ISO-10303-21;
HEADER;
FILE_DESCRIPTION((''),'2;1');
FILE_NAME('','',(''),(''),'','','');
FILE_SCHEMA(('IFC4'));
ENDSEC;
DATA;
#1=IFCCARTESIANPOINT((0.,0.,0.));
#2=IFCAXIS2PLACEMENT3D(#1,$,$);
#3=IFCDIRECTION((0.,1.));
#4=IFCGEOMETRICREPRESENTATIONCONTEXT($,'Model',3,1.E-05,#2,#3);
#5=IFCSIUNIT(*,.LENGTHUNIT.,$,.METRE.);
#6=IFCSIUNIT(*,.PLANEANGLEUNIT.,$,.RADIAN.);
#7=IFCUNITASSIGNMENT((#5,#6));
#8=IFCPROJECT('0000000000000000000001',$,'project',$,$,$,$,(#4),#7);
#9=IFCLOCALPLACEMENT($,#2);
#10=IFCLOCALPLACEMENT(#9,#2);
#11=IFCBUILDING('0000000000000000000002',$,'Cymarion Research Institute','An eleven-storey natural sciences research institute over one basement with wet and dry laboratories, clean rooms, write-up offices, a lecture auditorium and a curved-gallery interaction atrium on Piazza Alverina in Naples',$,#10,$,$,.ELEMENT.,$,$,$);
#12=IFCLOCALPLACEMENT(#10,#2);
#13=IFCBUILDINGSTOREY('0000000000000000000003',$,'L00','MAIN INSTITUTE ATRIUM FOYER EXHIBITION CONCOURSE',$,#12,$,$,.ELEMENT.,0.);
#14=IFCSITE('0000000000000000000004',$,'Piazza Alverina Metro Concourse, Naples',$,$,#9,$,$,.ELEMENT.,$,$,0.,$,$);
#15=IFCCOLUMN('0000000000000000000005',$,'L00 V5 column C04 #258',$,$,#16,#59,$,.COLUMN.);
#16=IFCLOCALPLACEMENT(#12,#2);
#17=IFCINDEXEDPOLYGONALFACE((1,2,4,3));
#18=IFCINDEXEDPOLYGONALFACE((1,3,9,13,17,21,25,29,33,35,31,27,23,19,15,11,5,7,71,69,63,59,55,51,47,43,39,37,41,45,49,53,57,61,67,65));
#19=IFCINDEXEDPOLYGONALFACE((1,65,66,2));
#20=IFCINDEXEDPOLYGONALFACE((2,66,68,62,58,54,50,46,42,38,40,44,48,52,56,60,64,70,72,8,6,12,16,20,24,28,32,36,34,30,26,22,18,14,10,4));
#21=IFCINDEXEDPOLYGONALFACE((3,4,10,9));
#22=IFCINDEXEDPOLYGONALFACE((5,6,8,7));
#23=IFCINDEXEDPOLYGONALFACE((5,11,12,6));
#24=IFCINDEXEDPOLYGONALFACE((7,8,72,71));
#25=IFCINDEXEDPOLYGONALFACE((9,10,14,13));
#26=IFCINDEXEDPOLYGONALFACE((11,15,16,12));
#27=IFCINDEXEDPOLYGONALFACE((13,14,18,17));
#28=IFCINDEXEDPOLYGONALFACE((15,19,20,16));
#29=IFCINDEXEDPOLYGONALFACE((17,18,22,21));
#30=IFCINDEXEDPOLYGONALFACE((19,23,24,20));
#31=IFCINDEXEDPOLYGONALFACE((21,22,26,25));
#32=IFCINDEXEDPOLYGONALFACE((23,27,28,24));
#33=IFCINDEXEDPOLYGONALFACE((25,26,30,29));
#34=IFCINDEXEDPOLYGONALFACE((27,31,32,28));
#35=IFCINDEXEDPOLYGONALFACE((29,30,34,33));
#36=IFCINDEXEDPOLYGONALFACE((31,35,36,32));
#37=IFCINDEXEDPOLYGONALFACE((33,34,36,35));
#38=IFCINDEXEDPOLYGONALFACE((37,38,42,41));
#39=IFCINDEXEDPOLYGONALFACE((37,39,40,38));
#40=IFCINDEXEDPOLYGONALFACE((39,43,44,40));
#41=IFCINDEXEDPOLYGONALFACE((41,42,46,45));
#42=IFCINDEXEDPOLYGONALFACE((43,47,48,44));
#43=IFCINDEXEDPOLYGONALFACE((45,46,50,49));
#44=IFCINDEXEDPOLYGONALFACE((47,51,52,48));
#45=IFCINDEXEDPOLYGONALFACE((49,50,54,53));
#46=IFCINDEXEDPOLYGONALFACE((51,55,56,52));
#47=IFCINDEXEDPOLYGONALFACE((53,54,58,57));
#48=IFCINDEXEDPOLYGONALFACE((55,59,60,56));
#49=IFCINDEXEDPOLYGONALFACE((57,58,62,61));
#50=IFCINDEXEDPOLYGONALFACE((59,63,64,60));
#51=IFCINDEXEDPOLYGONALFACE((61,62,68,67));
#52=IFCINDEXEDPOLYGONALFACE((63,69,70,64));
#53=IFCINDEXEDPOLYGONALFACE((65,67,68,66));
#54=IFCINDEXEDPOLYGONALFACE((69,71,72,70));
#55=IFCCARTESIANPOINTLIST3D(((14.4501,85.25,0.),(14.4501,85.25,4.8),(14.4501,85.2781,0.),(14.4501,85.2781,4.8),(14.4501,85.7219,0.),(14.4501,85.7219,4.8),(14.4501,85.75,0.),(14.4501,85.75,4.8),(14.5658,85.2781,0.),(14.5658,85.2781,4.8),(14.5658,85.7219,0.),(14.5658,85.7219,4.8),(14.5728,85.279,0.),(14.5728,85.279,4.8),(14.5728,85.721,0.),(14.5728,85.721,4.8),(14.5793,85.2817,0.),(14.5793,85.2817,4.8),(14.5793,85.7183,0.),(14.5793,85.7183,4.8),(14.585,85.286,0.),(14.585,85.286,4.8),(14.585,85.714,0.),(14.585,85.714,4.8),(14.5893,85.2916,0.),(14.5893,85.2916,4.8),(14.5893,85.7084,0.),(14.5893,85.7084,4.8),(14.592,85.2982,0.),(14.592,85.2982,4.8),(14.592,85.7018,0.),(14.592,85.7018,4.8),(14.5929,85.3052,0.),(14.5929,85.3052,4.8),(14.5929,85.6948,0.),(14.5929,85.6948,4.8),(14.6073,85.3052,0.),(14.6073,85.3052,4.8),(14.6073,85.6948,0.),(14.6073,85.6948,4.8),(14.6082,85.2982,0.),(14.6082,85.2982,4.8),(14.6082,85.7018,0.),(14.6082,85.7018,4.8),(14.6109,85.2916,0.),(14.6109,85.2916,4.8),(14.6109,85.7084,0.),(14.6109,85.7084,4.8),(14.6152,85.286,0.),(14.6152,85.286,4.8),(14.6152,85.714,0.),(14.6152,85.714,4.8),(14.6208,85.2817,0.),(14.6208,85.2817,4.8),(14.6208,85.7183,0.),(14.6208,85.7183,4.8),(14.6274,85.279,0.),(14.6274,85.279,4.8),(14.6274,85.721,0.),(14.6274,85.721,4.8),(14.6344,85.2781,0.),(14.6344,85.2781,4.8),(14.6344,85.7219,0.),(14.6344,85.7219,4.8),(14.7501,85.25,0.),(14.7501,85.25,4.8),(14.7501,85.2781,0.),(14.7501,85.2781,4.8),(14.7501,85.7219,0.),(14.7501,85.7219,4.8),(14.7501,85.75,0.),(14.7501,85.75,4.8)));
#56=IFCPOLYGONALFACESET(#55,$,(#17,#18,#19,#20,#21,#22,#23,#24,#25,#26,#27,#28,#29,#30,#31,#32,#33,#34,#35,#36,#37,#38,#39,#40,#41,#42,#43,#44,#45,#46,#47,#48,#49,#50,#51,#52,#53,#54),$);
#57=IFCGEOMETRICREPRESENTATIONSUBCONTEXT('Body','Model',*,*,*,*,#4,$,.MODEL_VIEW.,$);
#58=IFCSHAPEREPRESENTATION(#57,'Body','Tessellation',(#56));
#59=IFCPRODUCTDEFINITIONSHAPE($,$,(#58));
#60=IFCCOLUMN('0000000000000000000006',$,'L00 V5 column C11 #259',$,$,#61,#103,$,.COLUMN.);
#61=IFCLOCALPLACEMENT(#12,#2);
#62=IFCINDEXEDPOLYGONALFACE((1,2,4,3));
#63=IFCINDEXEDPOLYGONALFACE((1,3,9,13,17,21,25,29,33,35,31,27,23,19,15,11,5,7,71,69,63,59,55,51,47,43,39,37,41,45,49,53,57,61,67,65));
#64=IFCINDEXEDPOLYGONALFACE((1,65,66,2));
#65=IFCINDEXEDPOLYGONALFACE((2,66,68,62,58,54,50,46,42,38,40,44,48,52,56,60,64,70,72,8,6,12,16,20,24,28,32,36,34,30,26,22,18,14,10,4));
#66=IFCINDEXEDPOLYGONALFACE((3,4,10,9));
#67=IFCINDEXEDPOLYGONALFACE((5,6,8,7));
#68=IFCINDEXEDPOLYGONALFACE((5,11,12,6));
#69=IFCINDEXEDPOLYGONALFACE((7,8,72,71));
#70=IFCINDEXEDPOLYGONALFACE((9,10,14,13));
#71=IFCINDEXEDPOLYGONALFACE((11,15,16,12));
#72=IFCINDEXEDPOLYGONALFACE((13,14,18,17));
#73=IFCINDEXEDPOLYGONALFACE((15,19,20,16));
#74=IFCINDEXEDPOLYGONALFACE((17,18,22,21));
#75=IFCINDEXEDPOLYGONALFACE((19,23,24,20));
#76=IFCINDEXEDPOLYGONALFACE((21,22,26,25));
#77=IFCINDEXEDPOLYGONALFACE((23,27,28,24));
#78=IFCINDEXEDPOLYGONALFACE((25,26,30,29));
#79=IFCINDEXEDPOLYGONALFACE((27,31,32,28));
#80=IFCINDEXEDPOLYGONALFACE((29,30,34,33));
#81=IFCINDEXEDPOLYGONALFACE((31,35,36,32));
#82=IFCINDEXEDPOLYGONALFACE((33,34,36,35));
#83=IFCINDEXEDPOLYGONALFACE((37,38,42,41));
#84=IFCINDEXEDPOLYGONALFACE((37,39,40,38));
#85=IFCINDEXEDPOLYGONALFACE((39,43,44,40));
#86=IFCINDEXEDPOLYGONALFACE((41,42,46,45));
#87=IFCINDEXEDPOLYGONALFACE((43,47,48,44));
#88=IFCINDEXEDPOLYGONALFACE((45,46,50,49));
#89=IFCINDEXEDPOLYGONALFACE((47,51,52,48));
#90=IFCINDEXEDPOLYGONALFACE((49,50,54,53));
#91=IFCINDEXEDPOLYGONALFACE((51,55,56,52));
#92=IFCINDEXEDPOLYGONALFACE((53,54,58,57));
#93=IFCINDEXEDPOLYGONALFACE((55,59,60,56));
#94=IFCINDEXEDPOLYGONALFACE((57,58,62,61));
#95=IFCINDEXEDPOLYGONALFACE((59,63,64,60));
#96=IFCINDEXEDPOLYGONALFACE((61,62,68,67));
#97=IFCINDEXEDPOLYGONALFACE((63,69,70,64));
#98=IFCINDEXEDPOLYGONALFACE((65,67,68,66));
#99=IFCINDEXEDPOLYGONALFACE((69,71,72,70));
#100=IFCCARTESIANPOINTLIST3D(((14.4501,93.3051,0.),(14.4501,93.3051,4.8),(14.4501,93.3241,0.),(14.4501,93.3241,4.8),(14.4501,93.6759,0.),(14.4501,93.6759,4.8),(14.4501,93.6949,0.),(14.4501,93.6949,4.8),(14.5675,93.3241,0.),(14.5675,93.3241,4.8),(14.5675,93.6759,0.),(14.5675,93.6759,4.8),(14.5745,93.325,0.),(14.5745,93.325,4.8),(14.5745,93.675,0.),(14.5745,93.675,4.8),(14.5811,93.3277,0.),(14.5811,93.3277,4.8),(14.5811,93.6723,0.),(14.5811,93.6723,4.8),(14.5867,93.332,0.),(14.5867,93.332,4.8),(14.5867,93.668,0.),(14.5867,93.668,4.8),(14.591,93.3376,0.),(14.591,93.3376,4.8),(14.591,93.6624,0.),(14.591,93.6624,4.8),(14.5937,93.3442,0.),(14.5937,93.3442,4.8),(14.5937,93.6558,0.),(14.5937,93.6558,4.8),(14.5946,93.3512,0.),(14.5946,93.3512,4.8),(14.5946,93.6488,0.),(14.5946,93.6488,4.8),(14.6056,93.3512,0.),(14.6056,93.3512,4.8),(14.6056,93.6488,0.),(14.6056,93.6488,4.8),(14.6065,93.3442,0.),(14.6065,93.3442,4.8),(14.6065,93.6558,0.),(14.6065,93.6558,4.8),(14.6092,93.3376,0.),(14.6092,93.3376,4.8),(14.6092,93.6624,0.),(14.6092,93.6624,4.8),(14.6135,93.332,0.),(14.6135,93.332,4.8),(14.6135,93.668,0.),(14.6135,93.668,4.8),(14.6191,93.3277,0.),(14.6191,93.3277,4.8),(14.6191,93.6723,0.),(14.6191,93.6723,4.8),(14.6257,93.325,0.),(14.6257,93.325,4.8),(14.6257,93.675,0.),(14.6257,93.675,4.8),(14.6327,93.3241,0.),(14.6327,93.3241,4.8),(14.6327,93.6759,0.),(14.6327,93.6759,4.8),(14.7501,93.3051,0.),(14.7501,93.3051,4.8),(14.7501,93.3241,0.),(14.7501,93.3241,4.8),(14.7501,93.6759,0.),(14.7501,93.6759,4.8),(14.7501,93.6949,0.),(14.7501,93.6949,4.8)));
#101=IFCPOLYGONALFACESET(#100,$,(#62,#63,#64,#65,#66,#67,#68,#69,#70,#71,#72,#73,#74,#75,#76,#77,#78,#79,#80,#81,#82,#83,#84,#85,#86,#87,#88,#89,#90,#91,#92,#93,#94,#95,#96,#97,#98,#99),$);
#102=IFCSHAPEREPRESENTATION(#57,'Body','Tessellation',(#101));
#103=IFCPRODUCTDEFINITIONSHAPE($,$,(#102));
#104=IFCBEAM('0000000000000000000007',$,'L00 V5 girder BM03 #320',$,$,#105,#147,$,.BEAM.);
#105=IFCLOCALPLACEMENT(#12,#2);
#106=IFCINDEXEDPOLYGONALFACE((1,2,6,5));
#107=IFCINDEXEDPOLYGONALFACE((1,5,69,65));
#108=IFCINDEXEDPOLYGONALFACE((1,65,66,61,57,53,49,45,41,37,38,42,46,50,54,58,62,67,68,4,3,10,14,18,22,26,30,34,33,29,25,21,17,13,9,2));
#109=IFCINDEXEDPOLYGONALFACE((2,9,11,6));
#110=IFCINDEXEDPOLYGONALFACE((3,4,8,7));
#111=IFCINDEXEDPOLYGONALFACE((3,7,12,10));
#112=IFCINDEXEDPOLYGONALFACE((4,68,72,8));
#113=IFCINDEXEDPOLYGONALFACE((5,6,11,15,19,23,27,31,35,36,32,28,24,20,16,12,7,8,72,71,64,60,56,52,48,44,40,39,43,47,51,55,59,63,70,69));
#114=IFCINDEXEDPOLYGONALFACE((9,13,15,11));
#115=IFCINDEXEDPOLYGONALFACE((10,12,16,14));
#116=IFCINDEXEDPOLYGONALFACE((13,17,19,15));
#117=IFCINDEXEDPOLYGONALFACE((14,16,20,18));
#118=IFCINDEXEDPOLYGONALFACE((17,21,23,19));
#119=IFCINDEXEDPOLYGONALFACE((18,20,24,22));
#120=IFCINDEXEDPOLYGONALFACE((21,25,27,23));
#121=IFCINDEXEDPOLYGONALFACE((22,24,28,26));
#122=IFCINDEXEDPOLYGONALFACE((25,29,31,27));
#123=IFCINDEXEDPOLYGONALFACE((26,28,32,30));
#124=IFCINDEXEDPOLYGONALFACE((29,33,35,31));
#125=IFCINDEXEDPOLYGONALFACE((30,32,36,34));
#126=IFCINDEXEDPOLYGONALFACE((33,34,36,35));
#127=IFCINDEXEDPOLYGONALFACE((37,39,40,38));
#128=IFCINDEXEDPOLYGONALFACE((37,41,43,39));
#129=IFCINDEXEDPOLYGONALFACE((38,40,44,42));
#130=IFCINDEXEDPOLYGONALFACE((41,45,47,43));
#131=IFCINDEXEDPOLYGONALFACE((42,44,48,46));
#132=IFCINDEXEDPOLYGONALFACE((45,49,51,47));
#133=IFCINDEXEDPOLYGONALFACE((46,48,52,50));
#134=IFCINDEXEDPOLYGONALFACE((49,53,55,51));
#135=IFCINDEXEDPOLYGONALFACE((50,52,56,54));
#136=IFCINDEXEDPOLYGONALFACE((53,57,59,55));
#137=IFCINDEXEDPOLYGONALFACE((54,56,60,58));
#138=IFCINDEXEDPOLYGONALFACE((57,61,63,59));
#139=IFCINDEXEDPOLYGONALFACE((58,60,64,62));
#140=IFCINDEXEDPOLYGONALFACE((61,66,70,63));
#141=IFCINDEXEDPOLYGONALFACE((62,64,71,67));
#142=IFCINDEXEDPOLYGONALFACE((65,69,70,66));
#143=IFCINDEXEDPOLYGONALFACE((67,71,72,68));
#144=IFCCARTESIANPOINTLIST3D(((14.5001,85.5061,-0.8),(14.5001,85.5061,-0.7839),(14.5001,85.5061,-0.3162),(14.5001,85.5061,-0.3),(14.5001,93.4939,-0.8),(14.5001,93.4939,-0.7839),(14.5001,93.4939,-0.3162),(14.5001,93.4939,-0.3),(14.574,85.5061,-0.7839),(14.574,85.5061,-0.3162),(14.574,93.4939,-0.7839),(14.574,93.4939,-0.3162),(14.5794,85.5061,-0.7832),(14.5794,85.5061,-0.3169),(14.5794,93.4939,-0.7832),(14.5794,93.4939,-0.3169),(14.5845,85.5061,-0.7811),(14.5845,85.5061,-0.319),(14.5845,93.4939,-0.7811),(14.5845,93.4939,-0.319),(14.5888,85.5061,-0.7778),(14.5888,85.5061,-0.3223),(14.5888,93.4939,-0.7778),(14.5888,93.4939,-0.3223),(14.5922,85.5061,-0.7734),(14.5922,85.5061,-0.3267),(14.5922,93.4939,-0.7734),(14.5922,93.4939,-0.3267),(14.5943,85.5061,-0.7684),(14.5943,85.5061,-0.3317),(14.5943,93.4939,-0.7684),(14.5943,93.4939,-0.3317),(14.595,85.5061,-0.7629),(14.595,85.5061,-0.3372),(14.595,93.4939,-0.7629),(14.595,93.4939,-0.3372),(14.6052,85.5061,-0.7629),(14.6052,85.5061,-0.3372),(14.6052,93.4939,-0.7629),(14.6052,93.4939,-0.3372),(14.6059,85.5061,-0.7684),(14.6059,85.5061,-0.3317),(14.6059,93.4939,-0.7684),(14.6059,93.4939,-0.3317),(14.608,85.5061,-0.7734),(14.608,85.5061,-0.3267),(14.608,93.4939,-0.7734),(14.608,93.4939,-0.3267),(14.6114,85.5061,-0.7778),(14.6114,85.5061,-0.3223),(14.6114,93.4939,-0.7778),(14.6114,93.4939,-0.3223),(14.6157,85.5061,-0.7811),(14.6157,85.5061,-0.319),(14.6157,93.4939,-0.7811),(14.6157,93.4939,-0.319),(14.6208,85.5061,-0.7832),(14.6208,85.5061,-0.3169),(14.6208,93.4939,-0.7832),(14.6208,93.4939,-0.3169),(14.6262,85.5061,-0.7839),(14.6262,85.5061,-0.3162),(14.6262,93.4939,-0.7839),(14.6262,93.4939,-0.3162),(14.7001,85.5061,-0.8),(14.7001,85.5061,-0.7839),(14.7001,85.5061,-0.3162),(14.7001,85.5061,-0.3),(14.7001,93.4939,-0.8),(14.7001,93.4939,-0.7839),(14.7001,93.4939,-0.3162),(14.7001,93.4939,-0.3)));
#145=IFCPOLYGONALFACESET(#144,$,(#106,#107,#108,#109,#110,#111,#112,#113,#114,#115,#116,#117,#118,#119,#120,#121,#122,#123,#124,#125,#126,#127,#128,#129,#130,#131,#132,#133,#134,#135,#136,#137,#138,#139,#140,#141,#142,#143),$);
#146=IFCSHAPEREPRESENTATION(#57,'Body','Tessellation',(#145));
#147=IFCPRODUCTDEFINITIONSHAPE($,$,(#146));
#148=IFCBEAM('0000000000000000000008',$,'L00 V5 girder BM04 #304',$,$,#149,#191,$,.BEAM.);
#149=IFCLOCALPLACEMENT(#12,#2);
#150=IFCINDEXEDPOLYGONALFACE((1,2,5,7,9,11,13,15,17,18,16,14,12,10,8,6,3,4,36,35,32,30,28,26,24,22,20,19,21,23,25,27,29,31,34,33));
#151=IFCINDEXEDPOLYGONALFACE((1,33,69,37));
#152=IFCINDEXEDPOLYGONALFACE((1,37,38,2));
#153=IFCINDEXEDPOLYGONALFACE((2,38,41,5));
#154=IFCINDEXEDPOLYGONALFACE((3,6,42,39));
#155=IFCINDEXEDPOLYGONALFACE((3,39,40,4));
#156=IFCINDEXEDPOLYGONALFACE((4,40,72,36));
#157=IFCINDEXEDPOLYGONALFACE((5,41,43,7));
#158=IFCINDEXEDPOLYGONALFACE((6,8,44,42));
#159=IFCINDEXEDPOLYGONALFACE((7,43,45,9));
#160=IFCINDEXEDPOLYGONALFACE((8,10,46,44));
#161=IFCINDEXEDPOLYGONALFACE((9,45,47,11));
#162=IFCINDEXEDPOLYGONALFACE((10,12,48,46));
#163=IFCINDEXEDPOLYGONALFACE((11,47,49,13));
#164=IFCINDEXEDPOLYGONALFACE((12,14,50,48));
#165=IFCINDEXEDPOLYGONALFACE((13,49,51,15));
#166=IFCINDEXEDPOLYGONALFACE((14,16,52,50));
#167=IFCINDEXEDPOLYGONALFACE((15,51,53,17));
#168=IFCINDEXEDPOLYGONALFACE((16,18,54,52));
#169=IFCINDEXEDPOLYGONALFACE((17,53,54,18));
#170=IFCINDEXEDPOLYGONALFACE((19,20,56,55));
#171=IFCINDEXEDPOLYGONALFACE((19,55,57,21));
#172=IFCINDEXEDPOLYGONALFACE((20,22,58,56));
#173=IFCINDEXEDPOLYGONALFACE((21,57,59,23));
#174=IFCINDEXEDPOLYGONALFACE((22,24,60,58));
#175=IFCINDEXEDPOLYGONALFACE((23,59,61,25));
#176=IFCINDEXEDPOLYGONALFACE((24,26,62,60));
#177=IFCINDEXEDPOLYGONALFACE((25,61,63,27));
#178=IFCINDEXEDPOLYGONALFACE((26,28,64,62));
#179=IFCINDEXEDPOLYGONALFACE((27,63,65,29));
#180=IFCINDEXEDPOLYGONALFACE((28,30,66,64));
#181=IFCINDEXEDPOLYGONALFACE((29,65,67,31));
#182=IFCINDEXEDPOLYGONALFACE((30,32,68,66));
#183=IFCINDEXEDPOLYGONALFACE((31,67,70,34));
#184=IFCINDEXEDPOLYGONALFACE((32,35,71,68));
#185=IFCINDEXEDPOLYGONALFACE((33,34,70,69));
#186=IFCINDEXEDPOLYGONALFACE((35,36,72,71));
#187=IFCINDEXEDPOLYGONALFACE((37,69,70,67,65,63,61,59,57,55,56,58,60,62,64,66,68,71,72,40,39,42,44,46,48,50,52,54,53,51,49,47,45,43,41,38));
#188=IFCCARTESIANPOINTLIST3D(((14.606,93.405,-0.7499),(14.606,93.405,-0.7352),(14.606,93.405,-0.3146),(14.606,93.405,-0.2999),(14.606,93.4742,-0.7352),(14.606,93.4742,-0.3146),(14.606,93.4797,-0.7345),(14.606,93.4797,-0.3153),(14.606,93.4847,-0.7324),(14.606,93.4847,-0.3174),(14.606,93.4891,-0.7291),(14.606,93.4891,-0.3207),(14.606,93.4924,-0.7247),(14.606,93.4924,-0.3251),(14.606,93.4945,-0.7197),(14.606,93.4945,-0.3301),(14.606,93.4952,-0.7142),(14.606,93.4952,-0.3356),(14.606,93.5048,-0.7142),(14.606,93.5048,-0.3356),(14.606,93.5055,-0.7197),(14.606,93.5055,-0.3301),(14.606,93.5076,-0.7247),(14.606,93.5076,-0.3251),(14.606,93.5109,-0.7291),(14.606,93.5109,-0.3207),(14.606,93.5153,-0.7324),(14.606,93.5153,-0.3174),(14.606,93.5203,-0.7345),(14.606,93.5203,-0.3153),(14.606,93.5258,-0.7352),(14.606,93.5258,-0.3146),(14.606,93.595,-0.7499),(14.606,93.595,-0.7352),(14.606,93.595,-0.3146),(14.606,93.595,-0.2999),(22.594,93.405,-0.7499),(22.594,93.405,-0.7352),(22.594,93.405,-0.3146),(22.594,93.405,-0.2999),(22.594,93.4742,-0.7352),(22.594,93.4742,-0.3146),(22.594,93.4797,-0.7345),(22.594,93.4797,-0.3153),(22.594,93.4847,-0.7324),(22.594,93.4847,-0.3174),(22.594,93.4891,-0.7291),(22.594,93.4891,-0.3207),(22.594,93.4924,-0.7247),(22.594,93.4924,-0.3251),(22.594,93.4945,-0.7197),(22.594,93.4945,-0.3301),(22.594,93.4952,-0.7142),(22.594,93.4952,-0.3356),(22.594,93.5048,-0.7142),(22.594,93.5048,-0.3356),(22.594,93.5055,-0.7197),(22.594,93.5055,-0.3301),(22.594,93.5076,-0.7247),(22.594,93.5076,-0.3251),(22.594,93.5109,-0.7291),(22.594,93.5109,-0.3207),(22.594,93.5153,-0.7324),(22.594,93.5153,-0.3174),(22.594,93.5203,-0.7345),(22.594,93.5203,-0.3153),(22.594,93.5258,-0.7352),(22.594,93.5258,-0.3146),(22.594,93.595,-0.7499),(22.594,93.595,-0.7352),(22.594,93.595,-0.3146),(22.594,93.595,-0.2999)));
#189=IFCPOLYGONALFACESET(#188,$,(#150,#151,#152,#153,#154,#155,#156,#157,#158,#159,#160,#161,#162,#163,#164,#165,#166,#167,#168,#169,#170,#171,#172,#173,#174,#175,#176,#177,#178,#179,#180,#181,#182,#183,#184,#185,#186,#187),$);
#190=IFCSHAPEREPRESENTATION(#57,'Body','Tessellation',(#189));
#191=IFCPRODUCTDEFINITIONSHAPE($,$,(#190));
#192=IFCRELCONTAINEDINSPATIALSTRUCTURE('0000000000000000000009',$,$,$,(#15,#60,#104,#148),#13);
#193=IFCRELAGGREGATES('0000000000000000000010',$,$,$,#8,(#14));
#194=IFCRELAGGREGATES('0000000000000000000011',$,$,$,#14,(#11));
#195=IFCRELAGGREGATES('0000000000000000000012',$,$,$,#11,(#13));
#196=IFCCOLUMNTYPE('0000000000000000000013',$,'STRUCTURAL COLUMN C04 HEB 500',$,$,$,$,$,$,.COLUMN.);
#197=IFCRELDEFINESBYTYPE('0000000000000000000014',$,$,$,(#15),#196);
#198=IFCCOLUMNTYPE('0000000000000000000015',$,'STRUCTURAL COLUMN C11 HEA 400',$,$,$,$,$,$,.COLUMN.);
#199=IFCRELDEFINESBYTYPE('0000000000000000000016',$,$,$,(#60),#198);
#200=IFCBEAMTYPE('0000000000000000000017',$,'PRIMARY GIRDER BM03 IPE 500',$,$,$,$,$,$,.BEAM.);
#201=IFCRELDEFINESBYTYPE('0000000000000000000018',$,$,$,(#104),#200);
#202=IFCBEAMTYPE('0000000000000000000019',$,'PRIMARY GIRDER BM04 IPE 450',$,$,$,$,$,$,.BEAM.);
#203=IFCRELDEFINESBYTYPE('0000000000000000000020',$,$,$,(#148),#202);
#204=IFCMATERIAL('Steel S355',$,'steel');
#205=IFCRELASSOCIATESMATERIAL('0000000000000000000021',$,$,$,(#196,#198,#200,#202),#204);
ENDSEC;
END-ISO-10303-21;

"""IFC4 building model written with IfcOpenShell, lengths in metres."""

from ifc_helpers import new_model, si_unit, direction, frame, origin, origin_2d, place, context, subcontext, project, spatial, i_section, extrude, material, material_profile, profile_set, type_object, element, save


model = new_model("IFC4")

# Units and contexts
model_context = context("Model", 3, precision=1e-05, world=origin(), true_north=direction((0.0, 1.0)))
body_context = subcontext(model_context, "Body", "Model", "MODEL_VIEW")
ifc_project = project(units=[si_unit("LENGTHUNIT", "METRE"), si_unit("PLANEANGLEUNIT", "RADIAN")], contexts=[model_context])

# Site, building, storey
site_placement = place(None, origin())
site = spatial("IfcSite", under=ifc_project, at=site_placement, Name="Piazza Alverina Metro Concourse, Naples", CompositionType="ELEMENT", RefElevation=0.0)
building_placement = place(site_placement, origin())
building = spatial("IfcBuilding", under=site, at=building_placement, Name="Cymarion Research Institute", Description="An eleven-storey natural sciences research institute over one basement with wet and dry laboratories, clean rooms, write-up offices, a lecture auditorium and a curved-gallery interaction atrium on Piazza Alverina in Naples", CompositionType="ELEMENT")
storey_placement = place(building_placement, origin())
storey = spatial("IfcBuildingStorey", under=building, at=storey_placement, Name="L00", Description="MAIN INSTITUTE ATRIUM FOYER EXHIBITION CONCOURSE", CompositionType="ELEMENT", Elevation=0.0)

# Columns
ifc_material_1 = material(Name="Steel S355", Category="steel")
ifc_material_profile_1 = material_profile(ifc_material_1, i_section(OverallWidth=0.3, OverallDepth=0.5, WebThickness=0.0144, FlangeThickness=0.0281, FilletRadius=0.0271, at=origin_2d()), Name="HEB 500")
ifc_profile_set_1 = profile_set([ifc_material_profile_1], Name="Steel S355")
column_type_1 = type_object("IfcColumnType", Name="STRUCTURAL COLUMN C04 HEB 500", PredefinedType="COLUMN", material=ifc_profile_set_1)
column_1_placement = place(storey_placement, frame((14.6001, 85.5, 0.0), z_axis=(0.0, 0.0, 1.0), x_axis=(1.0, 0.0, 0.0)))
element("IfcColumn", 1, at=column_1_placement, inside=storey, type_object=column_type_1, Name="L00 V5 column C04 #258", PredefinedType="COLUMN", context=body_context, shape_type="SweptSolid", body=[
    extrude(i_section(OverallWidth=0.3, OverallDepth=0.5, WebThickness=0.0144, FlangeThickness=0.0281, FilletRadius=0.0271, at=origin_2d()), origin(), (0.0, 0.0, 1.0), 4.8),
])
ifc_material_profile_2 = material_profile(ifc_material_1, i_section(OverallWidth=0.3, OverallDepth=0.3899, WebThickness=0.011, FlangeThickness=0.019, FilletRadius=0.0271, at=origin_2d()), Name="HEA 400")
ifc_profile_set_2 = profile_set([ifc_material_profile_2], Name="Steel S355")
column_type_2 = type_object("IfcColumnType", Name="STRUCTURAL COLUMN C11 HEA 400", PredefinedType="COLUMN", material=ifc_profile_set_2)
column_2_placement = place(storey_placement, frame((14.6001, 93.5, 0.0), z_axis=(0.0, 0.0, 1.0), x_axis=(1.0, 0.0, 0.0)))
element("IfcColumn", 2, at=column_2_placement, inside=storey, type_object=column_type_2, Name="L00 V5 column C11 #259", PredefinedType="COLUMN", context=body_context, shape_type="SweptSolid", body=[
    extrude(i_section(OverallWidth=0.3, OverallDepth=0.3899, WebThickness=0.011, FlangeThickness=0.019, FilletRadius=0.0271, at=origin_2d()), origin(), (0.0, 0.0, 1.0), 4.8),
])

# Beams
ifc_material_profile_3 = material_profile(ifc_material_1, i_section(OverallWidth=0.2, OverallDepth=0.5, WebThickness=0.0103, FlangeThickness=0.0161, FilletRadius=0.021, at=origin_2d()), Name="IPE 500")
ifc_profile_set_3 = profile_set([ifc_material_profile_3], Name="Steel S355")
beam_type_1 = type_object("IfcBeamType", Name="PRIMARY GIRDER BM03 IPE 500", PredefinedType="BEAM", material=ifc_profile_set_3)
beam_1_placement = place(storey_placement, frame((14.6001, 85.5061, -0.55), z_axis=(0.0, 1.0, 0.0), x_axis=(-1.0, 0.0, 0.0)))
element("IfcBeam", 3, at=beam_1_placement, inside=storey, type_object=beam_type_1, Name="L00 V5 girder BM03 #320", PredefinedType="BEAM", context=body_context, shape_type="SweptSolid", body=[
    extrude(i_section(OverallWidth=0.2, OverallDepth=0.5, WebThickness=0.0103, FlangeThickness=0.0161, FilletRadius=0.021, at=origin_2d()), origin(), (0.0, 0.0, 1.0), 7.9878),
])
ifc_material_profile_4 = material_profile(ifc_material_1, i_section(OverallWidth=0.1899, OverallDepth=0.45, WebThickness=0.0095, FlangeThickness=0.0146, FilletRadius=0.021, at=origin_2d()), Name="IPE 450")
ifc_profile_set_4 = profile_set([ifc_material_profile_4], Name="Steel S355")
beam_type_2 = type_object("IfcBeamType", Name="PRIMARY GIRDER BM04 IPE 450", PredefinedType="BEAM", material=ifc_profile_set_4)
beam_2_placement = place(storey_placement, frame((14.606, 93.5, -0.5249), z_axis=(1.0, 0.0, 0.0), x_axis=(0.0, 1.0, 0.0)))
element("IfcBeam", 4, at=beam_2_placement, inside=storey, type_object=beam_type_2, Name="L00 V5 girder BM04 #304", PredefinedType="BEAM", context=body_context, shape_type="SweptSolid", body=[
    extrude(i_section(OverallWidth=0.1899, OverallDepth=0.45, WebThickness=0.0095, FlangeThickness=0.0146, FilletRadius=0.021, at=origin_2d()), origin(), (0.0, 0.0, 1.0), 7.988),
])

save(model, "model.ifc")
